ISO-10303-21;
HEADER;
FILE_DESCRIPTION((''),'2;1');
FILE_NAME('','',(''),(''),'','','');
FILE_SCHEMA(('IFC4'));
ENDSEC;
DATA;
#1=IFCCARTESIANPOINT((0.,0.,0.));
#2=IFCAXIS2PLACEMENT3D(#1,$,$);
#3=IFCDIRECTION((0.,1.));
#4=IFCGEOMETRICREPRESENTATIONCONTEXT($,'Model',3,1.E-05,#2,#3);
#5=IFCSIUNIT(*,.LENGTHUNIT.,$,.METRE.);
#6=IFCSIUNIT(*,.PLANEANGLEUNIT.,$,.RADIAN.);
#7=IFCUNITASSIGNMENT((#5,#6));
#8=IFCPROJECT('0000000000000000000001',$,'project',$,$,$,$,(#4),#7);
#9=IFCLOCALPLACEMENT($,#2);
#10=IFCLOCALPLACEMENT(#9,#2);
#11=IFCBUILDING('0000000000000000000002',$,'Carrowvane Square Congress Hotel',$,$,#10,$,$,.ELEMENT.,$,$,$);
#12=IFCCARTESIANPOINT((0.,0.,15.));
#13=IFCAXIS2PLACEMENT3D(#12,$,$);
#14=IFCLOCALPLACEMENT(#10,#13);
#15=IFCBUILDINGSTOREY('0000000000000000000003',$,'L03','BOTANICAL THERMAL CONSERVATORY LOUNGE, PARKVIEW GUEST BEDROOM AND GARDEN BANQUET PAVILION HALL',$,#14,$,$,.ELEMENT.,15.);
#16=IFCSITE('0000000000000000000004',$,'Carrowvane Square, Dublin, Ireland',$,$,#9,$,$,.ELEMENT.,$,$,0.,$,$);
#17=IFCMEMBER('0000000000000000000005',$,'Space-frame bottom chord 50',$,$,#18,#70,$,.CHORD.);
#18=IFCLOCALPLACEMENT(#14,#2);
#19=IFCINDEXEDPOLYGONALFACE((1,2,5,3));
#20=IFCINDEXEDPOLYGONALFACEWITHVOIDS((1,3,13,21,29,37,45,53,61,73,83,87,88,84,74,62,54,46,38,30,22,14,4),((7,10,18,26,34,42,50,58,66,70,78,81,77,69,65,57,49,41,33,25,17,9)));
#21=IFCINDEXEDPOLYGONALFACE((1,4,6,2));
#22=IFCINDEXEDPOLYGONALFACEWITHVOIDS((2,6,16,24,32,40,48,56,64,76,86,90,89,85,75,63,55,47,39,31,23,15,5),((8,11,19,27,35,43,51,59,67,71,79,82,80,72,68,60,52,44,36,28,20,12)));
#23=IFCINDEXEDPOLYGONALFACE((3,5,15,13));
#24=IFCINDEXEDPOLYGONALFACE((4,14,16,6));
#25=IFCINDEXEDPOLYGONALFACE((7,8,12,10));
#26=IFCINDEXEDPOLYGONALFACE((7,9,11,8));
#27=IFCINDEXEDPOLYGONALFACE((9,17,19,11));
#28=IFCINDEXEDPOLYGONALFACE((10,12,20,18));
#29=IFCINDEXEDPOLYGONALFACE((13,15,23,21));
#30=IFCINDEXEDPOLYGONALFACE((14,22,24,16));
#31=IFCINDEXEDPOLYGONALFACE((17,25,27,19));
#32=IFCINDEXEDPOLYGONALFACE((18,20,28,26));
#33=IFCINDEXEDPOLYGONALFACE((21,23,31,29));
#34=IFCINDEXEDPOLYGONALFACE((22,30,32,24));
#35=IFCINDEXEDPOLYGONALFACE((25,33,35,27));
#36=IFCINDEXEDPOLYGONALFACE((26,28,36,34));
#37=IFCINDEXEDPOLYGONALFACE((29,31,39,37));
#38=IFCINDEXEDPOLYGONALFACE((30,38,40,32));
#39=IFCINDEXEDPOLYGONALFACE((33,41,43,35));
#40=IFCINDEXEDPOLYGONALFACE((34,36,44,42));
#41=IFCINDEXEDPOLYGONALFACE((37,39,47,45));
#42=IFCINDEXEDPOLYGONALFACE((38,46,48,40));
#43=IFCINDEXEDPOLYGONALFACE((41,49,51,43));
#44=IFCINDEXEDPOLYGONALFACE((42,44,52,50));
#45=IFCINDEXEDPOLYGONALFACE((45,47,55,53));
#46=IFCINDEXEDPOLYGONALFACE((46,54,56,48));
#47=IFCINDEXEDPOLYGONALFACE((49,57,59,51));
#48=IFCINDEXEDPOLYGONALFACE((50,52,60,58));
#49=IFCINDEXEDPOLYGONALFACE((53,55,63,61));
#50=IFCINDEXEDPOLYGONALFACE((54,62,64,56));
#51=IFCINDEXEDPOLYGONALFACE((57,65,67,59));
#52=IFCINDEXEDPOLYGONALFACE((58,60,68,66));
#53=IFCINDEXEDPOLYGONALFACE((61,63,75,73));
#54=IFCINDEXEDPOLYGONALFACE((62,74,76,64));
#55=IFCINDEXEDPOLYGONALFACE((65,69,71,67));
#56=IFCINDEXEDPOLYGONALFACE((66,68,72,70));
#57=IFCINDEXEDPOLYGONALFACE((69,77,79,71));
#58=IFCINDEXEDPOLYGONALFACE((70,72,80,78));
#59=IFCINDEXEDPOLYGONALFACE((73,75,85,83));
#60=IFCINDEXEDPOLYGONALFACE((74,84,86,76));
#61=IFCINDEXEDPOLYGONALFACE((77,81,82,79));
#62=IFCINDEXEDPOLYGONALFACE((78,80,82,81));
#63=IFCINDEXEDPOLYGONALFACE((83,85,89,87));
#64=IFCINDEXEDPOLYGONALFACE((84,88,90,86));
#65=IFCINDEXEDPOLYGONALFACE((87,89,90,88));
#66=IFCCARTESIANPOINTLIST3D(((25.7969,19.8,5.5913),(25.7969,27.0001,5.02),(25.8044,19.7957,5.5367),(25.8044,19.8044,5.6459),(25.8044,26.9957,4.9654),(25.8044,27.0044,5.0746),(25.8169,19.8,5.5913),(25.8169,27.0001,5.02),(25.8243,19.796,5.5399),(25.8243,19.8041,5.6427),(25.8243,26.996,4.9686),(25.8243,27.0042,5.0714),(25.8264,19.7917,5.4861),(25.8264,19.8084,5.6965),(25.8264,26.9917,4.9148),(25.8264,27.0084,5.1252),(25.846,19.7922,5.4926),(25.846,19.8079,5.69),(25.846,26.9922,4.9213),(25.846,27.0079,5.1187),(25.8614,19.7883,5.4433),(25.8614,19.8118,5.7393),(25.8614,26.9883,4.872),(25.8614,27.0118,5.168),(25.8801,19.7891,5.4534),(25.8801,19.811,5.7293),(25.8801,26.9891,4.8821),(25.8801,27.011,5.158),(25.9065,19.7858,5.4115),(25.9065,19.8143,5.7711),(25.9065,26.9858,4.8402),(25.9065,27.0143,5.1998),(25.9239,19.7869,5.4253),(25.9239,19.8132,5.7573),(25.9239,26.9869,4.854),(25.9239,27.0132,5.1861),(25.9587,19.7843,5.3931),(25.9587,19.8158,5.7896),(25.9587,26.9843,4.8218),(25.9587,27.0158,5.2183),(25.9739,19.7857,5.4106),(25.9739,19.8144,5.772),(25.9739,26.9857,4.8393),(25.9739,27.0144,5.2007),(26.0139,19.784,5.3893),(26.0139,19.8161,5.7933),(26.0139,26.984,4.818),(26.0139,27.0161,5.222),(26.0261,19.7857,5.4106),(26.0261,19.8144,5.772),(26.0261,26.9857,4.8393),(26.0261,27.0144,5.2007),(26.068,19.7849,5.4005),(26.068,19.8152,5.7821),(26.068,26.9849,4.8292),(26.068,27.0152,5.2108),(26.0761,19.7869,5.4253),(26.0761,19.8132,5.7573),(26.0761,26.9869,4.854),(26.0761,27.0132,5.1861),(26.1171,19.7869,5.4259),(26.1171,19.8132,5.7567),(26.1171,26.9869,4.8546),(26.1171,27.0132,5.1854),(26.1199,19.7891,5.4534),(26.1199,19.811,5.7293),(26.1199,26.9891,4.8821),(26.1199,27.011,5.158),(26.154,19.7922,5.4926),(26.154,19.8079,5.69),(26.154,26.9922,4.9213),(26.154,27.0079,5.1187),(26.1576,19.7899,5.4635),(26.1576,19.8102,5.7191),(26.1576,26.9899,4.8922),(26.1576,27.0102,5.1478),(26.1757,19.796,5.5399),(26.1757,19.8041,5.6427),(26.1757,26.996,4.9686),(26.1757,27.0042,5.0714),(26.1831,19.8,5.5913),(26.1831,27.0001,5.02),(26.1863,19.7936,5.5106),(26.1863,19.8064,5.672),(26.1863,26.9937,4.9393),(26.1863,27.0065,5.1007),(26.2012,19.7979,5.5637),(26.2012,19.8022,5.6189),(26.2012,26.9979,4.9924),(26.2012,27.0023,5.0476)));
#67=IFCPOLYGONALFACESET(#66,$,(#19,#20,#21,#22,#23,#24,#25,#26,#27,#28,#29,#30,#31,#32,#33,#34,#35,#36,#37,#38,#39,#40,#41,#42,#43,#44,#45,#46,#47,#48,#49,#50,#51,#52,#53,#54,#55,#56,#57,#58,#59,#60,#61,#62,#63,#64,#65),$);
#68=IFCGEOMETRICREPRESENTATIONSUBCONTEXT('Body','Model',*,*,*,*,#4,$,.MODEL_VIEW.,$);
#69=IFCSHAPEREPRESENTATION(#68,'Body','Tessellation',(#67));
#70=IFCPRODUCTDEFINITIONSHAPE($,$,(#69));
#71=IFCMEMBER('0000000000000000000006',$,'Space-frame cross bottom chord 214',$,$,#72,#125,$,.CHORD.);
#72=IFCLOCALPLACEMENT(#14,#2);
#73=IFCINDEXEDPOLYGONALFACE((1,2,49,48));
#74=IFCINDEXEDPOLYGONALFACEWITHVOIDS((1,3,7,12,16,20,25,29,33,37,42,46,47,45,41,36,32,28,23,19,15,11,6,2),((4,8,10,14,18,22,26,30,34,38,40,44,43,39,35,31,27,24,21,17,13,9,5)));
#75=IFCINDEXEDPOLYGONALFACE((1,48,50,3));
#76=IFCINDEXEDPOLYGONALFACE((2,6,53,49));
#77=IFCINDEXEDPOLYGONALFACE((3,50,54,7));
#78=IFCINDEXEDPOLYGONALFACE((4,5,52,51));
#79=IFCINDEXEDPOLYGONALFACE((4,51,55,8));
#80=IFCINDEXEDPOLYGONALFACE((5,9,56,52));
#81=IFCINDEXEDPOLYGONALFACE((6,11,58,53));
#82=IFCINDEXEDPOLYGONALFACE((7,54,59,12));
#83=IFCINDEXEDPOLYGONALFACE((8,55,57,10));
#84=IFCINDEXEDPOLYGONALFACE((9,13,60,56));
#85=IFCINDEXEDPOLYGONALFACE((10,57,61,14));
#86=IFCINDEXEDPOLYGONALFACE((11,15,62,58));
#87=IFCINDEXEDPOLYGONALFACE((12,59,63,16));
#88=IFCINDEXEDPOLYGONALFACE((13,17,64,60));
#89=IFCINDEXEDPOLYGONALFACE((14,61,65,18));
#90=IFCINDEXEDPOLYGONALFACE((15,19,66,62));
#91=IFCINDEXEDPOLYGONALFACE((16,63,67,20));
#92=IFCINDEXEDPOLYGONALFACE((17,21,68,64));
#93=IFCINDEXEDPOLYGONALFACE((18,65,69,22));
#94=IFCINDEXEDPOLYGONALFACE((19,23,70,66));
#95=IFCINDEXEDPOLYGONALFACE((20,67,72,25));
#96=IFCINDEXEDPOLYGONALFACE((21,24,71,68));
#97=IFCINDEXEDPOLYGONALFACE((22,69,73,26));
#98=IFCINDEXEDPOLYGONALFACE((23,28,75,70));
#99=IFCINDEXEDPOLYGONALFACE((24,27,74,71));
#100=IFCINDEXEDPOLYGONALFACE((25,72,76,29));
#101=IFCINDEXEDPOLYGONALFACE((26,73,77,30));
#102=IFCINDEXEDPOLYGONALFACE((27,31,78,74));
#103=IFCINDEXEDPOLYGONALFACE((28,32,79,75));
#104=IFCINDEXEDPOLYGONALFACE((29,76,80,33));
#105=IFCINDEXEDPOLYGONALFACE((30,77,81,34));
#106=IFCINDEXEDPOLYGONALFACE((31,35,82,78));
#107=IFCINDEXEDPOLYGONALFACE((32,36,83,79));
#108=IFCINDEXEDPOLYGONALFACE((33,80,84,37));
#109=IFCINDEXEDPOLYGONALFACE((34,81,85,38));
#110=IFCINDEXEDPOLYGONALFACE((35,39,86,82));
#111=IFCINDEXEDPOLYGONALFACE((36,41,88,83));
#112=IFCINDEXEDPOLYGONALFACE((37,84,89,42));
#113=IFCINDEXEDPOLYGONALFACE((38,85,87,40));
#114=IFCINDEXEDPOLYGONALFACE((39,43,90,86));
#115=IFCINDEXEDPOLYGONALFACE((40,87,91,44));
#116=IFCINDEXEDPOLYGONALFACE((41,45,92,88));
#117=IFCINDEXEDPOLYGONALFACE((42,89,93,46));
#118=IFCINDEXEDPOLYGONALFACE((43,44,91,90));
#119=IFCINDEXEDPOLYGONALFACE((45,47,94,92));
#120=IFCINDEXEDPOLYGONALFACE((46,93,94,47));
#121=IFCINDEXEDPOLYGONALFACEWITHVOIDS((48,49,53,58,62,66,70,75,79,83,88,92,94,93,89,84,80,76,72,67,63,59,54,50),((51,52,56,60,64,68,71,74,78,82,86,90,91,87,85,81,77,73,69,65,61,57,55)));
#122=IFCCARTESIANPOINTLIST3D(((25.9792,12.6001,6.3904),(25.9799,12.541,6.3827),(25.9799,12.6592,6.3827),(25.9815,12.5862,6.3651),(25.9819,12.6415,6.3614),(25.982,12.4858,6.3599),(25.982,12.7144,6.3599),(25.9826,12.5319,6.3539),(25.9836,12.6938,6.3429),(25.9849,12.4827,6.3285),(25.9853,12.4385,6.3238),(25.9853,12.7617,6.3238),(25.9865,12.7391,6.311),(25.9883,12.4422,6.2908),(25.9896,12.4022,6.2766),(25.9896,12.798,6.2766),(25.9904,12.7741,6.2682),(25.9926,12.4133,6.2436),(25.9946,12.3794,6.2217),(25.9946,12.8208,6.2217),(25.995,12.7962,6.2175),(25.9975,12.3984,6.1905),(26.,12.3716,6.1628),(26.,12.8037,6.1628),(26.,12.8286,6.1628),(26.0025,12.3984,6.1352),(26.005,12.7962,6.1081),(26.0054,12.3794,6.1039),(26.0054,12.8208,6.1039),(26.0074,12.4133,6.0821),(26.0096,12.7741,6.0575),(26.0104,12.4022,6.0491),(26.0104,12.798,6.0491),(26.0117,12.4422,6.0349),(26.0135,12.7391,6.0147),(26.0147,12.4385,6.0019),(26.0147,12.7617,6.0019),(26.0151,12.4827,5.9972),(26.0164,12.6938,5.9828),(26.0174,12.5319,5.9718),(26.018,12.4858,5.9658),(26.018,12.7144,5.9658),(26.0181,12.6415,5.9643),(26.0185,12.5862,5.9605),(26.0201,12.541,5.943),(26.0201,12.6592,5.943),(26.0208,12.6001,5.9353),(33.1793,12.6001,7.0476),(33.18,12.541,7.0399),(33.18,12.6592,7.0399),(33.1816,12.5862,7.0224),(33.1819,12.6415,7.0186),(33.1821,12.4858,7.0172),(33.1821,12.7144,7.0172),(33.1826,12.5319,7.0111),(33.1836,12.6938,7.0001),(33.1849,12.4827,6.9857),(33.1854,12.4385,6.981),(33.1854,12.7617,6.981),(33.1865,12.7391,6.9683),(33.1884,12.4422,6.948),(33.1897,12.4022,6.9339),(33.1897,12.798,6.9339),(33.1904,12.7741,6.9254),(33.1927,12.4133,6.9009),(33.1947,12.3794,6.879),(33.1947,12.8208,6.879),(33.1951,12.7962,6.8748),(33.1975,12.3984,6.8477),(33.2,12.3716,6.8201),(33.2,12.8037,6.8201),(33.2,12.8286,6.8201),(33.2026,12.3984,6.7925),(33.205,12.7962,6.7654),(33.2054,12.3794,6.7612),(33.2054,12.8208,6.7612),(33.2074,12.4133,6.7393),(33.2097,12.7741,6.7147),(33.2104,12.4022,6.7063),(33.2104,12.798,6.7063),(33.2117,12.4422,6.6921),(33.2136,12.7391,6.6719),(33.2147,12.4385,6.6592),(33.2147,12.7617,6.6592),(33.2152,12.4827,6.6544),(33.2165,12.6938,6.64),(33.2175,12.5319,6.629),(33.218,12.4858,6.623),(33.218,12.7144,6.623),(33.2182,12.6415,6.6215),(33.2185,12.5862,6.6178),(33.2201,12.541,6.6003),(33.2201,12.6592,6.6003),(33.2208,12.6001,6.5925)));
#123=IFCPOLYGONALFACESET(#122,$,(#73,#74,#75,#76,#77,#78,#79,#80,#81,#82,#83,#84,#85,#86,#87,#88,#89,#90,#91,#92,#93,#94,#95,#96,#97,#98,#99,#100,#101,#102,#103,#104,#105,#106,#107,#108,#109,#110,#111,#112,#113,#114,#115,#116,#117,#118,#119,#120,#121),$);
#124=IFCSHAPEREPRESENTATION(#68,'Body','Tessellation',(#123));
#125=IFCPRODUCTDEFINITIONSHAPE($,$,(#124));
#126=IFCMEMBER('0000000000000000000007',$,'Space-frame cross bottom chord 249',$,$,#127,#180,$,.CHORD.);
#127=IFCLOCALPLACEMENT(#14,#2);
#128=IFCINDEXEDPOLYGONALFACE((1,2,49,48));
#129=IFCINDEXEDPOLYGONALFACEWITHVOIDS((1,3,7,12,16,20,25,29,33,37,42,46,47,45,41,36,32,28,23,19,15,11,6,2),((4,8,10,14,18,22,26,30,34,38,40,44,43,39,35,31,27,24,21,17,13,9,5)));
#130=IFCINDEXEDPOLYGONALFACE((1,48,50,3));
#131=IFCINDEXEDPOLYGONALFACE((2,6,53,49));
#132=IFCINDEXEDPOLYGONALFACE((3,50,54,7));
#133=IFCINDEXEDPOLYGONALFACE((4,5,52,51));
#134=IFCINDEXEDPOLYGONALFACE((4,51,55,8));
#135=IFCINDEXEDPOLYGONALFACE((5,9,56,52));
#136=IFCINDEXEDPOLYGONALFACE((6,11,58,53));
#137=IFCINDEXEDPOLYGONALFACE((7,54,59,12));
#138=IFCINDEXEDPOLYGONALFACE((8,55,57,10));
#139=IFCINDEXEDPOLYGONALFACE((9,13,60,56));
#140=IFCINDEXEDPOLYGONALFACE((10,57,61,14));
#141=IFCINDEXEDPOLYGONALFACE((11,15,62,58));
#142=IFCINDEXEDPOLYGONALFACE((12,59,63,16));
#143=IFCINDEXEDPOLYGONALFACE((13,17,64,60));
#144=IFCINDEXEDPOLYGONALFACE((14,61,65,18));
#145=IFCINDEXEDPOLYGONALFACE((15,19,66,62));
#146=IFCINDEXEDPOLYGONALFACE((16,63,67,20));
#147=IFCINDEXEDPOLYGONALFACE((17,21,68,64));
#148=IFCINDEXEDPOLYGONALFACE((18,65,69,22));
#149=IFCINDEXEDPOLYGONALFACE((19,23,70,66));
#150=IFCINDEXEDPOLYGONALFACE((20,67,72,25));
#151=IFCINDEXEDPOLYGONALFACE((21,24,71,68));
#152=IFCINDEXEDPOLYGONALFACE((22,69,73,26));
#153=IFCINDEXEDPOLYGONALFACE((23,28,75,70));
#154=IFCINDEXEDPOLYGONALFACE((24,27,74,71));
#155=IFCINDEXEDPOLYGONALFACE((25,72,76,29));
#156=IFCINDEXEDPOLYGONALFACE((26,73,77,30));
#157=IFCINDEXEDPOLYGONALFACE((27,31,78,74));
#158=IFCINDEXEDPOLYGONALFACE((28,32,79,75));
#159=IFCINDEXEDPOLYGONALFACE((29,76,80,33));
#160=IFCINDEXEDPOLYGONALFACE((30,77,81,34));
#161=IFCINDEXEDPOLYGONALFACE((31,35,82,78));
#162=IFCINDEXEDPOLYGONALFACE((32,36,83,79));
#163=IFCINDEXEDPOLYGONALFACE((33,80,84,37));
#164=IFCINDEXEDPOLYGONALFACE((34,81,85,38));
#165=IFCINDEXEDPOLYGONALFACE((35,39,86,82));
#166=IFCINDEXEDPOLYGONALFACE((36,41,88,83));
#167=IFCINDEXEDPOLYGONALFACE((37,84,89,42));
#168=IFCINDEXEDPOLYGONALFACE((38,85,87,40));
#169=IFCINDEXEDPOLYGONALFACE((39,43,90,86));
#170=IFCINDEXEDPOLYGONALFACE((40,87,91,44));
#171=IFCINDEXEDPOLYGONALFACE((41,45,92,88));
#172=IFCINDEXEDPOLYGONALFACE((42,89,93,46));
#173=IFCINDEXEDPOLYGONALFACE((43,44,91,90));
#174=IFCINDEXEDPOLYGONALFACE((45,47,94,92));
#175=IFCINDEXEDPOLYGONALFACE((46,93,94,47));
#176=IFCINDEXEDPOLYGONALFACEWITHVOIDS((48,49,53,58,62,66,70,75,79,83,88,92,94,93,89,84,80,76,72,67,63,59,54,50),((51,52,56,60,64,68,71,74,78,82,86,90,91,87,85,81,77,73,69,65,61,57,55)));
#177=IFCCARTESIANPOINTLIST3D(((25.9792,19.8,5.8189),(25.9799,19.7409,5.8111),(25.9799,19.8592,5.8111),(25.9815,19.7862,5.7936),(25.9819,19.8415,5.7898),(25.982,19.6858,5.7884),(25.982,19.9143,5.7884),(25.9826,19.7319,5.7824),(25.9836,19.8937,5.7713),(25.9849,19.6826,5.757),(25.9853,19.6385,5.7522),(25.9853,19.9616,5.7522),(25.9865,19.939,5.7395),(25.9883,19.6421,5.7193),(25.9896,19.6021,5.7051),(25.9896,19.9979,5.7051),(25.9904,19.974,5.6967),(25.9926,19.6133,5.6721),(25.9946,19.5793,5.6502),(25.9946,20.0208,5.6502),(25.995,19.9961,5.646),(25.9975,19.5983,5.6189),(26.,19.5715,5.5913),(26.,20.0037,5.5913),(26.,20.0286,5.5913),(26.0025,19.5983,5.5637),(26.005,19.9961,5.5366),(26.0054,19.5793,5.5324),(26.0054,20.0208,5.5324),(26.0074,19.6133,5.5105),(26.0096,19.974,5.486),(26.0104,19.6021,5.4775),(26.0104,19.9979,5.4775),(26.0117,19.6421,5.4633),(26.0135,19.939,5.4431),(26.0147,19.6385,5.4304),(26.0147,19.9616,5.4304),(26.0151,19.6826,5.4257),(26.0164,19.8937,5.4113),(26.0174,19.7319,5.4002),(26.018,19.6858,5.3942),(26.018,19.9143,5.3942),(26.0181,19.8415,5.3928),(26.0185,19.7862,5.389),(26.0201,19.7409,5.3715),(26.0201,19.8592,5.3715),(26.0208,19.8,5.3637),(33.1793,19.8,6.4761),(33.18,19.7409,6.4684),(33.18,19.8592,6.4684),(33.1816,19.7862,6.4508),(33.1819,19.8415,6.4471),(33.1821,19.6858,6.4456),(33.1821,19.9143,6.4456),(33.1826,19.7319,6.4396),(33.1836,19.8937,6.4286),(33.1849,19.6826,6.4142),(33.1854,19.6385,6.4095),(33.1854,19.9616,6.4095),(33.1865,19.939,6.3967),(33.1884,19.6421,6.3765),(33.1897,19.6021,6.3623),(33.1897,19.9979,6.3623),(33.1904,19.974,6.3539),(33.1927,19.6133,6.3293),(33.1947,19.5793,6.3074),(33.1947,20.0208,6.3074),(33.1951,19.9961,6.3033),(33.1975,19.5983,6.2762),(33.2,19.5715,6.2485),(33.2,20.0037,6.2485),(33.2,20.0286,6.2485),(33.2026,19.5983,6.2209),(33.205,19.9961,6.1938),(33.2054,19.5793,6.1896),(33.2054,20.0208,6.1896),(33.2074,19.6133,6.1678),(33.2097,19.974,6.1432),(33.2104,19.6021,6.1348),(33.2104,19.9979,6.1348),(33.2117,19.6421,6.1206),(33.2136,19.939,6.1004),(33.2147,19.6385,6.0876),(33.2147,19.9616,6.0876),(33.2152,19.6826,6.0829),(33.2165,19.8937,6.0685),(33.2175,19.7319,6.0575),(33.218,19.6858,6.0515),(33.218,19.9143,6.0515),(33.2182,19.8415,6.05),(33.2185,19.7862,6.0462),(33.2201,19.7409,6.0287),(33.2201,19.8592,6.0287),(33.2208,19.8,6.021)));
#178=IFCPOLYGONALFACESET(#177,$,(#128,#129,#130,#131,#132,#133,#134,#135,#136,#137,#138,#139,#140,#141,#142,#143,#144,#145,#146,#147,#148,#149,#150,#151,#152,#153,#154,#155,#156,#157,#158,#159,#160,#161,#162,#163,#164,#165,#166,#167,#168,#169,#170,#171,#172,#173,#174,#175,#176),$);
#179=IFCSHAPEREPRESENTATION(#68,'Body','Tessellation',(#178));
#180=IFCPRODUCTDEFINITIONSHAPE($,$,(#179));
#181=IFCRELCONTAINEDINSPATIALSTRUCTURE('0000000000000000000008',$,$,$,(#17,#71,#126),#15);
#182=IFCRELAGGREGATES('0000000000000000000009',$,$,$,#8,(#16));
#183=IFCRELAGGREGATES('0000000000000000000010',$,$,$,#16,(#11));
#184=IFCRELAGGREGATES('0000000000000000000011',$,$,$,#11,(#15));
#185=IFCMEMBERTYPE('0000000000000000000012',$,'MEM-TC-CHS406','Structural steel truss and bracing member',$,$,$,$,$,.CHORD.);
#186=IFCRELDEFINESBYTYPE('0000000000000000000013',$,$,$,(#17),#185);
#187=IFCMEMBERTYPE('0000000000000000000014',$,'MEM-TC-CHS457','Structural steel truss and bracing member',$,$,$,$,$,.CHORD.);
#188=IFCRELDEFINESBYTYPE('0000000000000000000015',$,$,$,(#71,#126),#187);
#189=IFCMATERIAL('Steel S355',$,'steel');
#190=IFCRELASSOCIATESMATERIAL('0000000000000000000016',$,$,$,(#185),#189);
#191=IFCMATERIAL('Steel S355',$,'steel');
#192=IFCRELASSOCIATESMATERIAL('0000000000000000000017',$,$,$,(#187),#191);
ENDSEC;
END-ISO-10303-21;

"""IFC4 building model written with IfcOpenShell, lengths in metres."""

from ifc_helpers import new_model, si_unit, direction, frame, origin, origin_2d, place, context, subcontext, project, spatial, hollow_circle, extrude, material, material_profile, profile_set, type_object, element, save


model = new_model("IFC4")

# Units and contexts
model_context = context("Model", 3, precision=1e-05, world=origin(), true_north=direction((0.0, 1.0)))
body_context = subcontext(model_context, "Body", "Model", "MODEL_VIEW")
ifc_project = project(units=[si_unit("LENGTHUNIT", "METRE"), si_unit("PLANEANGLEUNIT", "RADIAN")], contexts=[model_context])

# Site, building, storey
site_placement = place(None, origin())
site = spatial("IfcSite", under=ifc_project, at=site_placement, Name="Carrowvane Square, Dublin, Ireland", CompositionType="ELEMENT", RefElevation=0.0)
building_placement = place(site_placement, origin())
building = spatial("IfcBuilding", under=site, at=building_placement, Name="Carrowvane Square Congress Hotel", CompositionType="ELEMENT")
storey_placement = place(building_placement, frame((0.0, 0.0, 15.0)))
storey = spatial("IfcBuildingStorey", under=building, at=storey_placement, Name="L03", Description="BOTANICAL THERMAL CONSERVATORY LOUNGE, PARKVIEW GUEST BEDROOM AND GARDEN BANQUET PAVILION HALL", CompositionType="ELEMENT", Elevation=15.0)

# Members
ifc_material_1 = material(Name="Steel S355", Category="steel")
ifc_material_profile_1 = material_profile(ifc_material_1, hollow_circle(Radius=0.2031, WallThickness=0.02, at=origin_2d()), Name="CHS 406.4x20")
ifc_profile_set_1 = profile_set([ifc_material_profile_1], Name="Steel S355")
member_type_1 = type_object("IfcMemberType", Name="MEM-TC-CHS406", Description="Structural steel truss and bracing member", PredefinedType="CHORD", material=ifc_profile_set_1)
member_1_placement = place(storey_placement, frame((26.0, 19.8, 5.5913), z_axis=(0.0, 0.996867, -0.079098), x_axis=(-1.0, 0.0, 0.0)))
element("IfcMember", 1, at=member_1_placement, inside=storey, type_object=member_type_1, Name="Space-frame bottom chord 50", PredefinedType="CHORD", context=body_context, shape_type="SweptSolid", body=[
    extrude(hollow_circle(Radius=0.2031, WallThickness=0.02, at=origin_2d()), origin(), (0.0, 0.0, 1.0), 7.2227),
])
ifc_material_2 = material(Name="Steel S355", Category="steel")
ifc_material_profile_2 = material_profile(ifc_material_2, hollow_circle(Radius=0.2285, WallThickness=0.0249, at=origin_2d()), Name="CHS 457.0x25")
ifc_profile_set_2 = profile_set([ifc_material_profile_2], Name="Steel S355")
member_type_2 = type_object("IfcMemberType", Name="MEM-TC-CHS457", Description="Structural steel truss and bracing member", PredefinedType="CHORD", material=ifc_profile_set_2)
for number, where, z_axis, x_axis, name in (
    (2, (26.0, 12.6001, 6.1628), (0.99586, 0.0, 0.090904), (0.0, 1.0, 0.0), "Space-frame cross bottom chord 214"),
    (3, (26.0, 19.8, 5.5913), (0.99586, 0.0, 0.090904), (0.0, 1.0, 0.0), "Space-frame cross bottom chord 249"),
):
    element("IfcMember", number, at=place(storey_placement, frame(where, z_axis=z_axis, x_axis=x_axis)), inside=storey, type_object=member_type_2, Name=name, PredefinedType="CHORD", context=body_context, shape_type="SweptSolid", body=[
        extrude(hollow_circle(Radius=0.2285, WallThickness=0.0249, at=origin_2d()), origin(), (0.0, 0.0, 1.0), 7.23),
    ])

save(model, "model.ifc")
